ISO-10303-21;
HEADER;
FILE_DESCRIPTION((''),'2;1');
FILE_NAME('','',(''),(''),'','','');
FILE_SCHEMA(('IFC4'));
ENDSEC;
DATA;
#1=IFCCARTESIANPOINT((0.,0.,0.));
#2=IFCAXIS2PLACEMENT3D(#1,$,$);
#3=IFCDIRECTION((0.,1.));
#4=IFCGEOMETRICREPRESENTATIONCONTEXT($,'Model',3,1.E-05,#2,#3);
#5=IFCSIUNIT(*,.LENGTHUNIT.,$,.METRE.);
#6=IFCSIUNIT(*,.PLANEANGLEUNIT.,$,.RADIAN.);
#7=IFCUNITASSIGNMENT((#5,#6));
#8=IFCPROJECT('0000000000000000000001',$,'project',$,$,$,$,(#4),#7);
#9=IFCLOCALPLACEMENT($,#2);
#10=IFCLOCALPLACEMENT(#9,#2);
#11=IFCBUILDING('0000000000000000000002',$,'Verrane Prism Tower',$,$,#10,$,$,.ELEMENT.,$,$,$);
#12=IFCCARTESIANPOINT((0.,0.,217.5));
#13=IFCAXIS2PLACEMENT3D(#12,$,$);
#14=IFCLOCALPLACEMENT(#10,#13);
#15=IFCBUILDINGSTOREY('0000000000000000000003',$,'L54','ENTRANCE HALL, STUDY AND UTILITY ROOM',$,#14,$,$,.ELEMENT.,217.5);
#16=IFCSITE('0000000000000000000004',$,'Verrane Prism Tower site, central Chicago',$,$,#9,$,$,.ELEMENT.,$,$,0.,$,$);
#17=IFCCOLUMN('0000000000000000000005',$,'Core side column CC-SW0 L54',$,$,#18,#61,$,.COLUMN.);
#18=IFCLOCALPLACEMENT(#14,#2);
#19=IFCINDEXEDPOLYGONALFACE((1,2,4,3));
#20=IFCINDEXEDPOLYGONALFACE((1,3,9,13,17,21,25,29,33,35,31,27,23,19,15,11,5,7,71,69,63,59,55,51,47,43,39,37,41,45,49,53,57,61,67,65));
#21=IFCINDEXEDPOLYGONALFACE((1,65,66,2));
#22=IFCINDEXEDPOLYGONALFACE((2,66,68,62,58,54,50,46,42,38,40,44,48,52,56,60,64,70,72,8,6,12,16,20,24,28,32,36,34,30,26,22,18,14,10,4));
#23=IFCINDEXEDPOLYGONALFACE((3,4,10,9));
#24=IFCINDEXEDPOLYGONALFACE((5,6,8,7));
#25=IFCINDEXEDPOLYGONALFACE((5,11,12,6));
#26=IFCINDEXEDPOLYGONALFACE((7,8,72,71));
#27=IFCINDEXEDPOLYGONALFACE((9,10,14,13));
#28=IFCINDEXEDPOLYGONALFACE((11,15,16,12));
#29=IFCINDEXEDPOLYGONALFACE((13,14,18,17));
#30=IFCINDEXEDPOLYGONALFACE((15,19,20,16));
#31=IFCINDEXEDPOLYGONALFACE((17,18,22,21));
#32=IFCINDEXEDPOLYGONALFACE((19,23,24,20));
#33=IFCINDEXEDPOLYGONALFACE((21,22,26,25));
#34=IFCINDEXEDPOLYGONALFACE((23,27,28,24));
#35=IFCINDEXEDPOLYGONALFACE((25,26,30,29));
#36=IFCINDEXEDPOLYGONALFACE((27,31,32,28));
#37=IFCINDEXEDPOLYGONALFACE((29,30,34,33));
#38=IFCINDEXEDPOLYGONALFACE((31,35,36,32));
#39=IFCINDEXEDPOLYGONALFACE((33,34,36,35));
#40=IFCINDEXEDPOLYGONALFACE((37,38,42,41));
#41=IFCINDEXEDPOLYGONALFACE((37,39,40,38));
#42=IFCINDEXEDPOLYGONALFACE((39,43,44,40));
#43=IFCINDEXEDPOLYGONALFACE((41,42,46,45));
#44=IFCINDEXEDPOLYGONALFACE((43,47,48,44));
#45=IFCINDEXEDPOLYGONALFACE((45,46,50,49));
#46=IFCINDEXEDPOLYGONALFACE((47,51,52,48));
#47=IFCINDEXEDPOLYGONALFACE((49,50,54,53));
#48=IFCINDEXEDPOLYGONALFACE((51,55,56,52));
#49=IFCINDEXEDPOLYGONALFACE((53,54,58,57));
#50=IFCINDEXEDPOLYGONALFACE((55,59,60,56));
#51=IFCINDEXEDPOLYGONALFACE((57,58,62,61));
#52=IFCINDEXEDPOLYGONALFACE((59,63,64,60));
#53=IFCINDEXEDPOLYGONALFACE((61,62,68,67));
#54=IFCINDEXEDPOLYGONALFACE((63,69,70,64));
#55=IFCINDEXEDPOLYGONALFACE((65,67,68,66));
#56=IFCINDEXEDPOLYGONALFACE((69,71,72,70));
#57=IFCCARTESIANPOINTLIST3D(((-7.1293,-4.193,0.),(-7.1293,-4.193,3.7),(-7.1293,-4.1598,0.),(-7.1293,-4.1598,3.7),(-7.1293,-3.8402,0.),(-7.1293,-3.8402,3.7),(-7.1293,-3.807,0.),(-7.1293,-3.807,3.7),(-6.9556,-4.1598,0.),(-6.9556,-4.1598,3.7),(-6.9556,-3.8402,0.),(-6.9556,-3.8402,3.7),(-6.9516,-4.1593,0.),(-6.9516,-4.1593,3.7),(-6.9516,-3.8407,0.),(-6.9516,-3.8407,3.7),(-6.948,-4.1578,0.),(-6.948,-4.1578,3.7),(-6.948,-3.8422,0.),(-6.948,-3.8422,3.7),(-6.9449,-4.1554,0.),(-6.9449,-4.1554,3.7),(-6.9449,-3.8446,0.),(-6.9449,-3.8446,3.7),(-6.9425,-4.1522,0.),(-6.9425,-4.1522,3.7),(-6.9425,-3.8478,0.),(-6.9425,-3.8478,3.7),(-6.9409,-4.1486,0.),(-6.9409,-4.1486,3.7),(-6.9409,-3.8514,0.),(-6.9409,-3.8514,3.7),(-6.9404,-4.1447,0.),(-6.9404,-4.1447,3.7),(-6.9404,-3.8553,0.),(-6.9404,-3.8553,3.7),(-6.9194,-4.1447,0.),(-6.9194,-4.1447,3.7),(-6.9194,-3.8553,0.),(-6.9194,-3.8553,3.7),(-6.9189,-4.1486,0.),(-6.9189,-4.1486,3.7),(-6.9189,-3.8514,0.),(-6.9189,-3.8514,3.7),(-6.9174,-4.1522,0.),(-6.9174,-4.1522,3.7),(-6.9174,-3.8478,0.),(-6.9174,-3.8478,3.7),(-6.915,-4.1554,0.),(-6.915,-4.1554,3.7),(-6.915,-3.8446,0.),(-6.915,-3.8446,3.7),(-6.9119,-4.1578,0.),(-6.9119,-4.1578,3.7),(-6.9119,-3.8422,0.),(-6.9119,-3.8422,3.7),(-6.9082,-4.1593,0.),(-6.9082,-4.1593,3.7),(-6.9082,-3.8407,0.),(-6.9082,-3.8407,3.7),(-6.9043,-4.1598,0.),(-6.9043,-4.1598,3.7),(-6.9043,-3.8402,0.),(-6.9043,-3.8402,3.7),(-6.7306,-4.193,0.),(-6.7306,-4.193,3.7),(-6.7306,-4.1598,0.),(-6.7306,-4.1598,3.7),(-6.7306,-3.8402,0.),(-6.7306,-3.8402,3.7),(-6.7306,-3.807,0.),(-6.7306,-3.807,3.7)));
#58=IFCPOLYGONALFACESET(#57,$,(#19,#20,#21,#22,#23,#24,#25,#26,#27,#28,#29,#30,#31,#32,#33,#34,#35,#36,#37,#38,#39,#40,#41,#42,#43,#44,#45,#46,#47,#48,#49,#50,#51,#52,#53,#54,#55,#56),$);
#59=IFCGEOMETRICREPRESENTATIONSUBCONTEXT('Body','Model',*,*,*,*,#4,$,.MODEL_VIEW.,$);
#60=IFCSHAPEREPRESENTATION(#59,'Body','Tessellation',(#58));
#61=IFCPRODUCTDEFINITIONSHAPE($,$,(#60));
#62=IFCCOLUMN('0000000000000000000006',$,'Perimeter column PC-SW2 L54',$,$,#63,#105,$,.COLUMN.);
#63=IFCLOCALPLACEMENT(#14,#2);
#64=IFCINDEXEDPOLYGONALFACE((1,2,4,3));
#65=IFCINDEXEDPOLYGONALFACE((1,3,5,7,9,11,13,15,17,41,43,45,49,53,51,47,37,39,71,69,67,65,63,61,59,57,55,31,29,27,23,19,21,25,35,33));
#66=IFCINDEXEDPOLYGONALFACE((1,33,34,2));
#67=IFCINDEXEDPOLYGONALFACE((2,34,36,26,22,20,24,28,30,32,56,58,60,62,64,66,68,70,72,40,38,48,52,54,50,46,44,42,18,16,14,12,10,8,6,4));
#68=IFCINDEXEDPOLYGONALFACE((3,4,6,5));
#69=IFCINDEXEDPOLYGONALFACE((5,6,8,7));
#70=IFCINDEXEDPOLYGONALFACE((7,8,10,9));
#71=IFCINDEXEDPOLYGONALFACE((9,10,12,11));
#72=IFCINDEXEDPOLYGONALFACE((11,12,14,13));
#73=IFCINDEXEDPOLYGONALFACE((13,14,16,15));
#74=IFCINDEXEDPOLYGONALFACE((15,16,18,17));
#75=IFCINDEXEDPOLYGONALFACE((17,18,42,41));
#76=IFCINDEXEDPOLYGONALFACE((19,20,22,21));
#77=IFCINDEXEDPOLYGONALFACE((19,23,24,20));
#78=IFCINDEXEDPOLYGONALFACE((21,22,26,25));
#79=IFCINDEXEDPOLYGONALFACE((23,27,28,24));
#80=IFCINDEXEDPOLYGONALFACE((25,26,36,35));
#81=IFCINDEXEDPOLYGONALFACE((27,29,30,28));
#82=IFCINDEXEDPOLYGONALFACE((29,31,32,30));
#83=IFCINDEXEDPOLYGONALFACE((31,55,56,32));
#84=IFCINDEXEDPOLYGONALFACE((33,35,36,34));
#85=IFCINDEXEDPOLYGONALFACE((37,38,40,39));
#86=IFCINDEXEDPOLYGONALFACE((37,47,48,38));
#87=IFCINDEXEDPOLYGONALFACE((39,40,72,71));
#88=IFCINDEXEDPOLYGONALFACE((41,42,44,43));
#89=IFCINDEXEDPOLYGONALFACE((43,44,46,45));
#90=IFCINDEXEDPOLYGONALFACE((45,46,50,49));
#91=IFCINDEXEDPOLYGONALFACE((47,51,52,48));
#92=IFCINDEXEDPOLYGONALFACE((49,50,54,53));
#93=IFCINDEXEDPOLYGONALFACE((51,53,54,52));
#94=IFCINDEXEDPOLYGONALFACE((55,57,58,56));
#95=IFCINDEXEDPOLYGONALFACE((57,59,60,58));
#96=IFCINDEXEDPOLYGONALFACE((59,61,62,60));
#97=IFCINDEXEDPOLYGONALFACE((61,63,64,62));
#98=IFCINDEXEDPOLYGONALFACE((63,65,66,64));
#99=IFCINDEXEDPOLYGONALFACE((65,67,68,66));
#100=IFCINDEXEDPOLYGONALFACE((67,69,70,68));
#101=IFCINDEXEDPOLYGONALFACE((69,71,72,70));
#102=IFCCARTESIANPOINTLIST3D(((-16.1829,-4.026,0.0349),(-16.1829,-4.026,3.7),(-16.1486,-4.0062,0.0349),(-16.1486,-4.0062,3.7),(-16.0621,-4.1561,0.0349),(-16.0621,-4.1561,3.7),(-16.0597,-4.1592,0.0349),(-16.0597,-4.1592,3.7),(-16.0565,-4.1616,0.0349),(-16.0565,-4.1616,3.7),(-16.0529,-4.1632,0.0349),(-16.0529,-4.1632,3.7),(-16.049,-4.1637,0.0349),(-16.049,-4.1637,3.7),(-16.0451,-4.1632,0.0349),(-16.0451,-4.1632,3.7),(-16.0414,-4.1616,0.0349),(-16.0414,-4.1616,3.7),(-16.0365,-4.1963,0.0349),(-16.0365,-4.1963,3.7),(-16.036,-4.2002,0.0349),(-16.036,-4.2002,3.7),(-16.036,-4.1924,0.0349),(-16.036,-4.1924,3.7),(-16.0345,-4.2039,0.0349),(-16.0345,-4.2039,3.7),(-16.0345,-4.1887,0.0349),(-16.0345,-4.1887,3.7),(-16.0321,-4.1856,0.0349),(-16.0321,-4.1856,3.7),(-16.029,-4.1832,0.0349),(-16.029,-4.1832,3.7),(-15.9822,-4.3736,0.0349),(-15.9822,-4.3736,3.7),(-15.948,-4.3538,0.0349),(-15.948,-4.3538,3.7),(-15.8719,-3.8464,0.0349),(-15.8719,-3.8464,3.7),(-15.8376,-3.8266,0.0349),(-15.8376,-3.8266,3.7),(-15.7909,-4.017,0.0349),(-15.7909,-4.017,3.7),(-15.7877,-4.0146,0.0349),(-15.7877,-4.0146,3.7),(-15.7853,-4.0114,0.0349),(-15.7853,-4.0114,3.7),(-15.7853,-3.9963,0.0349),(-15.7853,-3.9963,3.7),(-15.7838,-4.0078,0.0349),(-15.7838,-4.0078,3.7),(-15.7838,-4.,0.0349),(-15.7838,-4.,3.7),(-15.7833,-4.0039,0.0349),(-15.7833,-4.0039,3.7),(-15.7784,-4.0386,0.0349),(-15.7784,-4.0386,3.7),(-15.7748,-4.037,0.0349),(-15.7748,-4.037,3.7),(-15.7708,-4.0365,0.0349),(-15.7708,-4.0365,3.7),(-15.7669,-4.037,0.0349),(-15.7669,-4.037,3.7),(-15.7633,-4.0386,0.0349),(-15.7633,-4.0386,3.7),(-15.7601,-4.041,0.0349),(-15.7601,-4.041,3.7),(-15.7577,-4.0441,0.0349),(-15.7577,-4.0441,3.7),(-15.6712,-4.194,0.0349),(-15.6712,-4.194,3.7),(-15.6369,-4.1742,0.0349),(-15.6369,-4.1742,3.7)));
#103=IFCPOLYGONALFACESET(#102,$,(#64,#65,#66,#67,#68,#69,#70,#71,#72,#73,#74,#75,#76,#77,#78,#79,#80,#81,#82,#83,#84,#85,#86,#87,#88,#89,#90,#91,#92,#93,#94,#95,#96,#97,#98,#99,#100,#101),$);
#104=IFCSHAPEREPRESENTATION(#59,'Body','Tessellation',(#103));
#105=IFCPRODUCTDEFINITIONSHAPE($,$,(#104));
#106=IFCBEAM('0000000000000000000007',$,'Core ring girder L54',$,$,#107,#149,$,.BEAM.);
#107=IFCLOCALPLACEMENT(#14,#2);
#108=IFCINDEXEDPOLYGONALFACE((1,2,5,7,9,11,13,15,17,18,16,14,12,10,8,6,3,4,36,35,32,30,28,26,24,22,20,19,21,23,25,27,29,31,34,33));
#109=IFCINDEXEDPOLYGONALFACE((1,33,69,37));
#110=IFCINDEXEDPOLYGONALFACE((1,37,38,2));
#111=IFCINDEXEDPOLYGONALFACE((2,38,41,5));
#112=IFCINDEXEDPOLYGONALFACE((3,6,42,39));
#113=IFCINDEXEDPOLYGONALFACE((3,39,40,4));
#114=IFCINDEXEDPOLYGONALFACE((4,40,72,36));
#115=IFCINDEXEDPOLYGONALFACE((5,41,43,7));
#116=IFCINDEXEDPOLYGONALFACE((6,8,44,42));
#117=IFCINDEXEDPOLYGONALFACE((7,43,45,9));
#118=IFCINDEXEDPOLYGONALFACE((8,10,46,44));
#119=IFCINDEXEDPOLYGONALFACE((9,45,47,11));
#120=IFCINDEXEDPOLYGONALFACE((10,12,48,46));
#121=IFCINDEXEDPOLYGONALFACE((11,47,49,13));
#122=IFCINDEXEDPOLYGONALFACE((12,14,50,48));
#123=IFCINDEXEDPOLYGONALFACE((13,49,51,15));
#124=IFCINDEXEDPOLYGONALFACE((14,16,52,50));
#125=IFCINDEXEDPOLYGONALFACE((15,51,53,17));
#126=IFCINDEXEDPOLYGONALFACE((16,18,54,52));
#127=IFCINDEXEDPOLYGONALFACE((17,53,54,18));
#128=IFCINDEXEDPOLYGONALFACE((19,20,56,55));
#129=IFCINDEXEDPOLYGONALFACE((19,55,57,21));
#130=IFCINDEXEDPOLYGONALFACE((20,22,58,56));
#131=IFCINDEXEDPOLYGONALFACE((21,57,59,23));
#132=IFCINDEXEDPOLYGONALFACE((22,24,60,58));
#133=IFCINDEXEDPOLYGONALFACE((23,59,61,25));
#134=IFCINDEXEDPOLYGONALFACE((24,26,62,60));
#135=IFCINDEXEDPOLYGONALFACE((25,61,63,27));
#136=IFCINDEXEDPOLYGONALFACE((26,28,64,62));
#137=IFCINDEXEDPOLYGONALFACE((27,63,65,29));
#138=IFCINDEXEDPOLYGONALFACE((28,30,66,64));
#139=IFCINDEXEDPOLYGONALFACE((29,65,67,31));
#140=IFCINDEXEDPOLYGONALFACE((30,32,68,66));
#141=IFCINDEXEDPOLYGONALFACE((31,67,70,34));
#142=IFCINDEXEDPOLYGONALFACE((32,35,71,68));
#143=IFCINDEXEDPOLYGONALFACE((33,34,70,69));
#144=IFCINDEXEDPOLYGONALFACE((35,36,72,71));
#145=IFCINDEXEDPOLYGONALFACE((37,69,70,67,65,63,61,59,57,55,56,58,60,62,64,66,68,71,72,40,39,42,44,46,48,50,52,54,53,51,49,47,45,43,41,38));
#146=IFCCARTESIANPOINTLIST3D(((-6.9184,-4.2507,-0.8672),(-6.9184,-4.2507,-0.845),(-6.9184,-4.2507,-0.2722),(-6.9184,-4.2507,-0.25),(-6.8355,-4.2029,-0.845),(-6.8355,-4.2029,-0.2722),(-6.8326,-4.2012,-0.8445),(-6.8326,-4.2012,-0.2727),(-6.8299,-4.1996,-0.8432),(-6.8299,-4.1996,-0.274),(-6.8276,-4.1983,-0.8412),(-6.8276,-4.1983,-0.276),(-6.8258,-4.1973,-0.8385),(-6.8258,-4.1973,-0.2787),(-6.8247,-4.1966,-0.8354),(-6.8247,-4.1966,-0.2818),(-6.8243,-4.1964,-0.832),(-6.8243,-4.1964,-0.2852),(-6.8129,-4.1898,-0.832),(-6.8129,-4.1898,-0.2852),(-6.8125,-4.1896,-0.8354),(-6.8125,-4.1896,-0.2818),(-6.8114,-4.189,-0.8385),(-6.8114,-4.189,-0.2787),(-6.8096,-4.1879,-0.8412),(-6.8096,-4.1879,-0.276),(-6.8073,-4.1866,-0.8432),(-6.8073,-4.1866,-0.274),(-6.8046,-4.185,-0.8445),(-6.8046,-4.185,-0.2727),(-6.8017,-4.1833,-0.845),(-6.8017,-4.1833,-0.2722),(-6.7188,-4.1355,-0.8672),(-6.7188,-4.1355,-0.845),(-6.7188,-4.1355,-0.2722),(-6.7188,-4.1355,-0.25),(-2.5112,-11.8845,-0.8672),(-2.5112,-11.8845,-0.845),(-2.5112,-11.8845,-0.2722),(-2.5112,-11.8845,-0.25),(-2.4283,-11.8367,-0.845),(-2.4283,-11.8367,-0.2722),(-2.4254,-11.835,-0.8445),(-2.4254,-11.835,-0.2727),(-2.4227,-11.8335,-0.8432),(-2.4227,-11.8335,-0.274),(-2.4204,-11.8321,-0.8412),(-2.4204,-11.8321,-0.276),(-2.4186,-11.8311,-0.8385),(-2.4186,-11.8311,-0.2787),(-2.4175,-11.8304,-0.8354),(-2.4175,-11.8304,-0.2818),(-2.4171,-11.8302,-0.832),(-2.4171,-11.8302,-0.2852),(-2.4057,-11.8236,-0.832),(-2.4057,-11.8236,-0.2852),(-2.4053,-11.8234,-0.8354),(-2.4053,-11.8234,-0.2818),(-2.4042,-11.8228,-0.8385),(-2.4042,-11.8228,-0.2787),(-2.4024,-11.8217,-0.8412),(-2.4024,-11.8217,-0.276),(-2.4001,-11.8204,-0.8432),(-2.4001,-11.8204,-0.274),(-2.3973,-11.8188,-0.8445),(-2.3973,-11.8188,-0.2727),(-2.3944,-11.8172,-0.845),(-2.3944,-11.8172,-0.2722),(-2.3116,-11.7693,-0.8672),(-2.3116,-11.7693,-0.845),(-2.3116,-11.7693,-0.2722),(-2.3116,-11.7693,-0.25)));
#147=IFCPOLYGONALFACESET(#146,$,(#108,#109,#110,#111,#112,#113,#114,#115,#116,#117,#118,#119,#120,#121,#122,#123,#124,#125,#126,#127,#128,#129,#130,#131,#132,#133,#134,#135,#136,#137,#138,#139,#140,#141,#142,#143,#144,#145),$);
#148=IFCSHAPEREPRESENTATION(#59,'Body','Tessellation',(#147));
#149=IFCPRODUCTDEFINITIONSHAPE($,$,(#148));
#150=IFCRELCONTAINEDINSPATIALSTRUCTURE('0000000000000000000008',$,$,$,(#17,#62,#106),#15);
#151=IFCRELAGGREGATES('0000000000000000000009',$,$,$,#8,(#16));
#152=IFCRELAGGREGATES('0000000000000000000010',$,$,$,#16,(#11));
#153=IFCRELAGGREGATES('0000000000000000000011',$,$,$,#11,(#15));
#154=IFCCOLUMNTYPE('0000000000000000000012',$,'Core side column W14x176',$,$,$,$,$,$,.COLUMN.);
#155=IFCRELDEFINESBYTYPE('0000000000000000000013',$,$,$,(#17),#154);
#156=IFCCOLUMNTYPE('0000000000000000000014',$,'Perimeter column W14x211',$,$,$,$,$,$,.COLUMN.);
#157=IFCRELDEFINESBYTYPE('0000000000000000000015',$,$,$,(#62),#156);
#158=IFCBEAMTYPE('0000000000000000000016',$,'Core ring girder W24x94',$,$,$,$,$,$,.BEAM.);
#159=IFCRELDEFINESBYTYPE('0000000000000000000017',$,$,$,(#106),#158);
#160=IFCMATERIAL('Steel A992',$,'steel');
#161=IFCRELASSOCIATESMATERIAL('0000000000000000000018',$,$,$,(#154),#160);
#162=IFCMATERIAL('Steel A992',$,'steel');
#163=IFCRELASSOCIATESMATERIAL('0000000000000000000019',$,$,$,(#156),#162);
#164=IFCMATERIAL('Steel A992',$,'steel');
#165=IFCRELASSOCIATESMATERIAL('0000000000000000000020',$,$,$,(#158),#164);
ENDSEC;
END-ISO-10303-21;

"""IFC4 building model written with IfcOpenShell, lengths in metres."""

from ifc_helpers import new_model, si_unit, direction, frame, origin, origin_2d, place, context, subcontext, project, spatial, i_section, extrude, material, material_profile, profile_set, type_object, element, save


model = new_model("IFC4")

# Units and contexts
model_context = context("Model", 3, precision=1e-05, world=origin(), true_north=direction((0.0, 1.0)))
body_context = subcontext(model_context, "Body", "Model", "MODEL_VIEW")
ifc_project = project(units=[si_unit("LENGTHUNIT", "METRE"), si_unit("PLANEANGLEUNIT", "RADIAN")], contexts=[model_context])

# Site, building, storey
site_placement = place(None, origin())
site = spatial("IfcSite", under=ifc_project, at=site_placement, Name="Verrane Prism Tower site, central Chicago", CompositionType="ELEMENT", RefElevation=0.0)
building_placement = place(site_placement, origin())
building = spatial("IfcBuilding", under=site, at=building_placement, Name="Verrane Prism Tower", CompositionType="ELEMENT")
storey_placement = place(building_placement, frame((0.0, 0.0, 217.5)))
storey = spatial("IfcBuildingStorey", under=building, at=storey_placement, Name="L54", Description="ENTRANCE HALL, STUDY AND UTILITY ROOM", CompositionType="ELEMENT", Elevation=217.5)

# Columns
ifc_material_1 = material(Name="Steel A992", Category="steel")
ifc_material_profile_1 = material_profile(ifc_material_1, i_section(OverallWidth=0.3987, OverallDepth=0.386, WebThickness=0.021, FlangeThickness=0.0332, FilletRadius=0.0151, at=origin_2d()), Name="W14x176")
ifc_profile_set_1 = profile_set([ifc_material_profile_1], Name="Steel A992")
column_type_1 = type_object("IfcColumnType", Name="Core side column W14x176", PredefinedType="COLUMN", material=ifc_profile_set_1)
column_1_placement = place(storey_placement, frame((-6.9299, -4.0, 0.0), z_axis=(0.0, 0.0, 1.0), x_axis=(1.0, 0.0, 0.0)))
element("IfcColumn", 1, at=column_1_placement, inside=storey, type_object=column_type_1, Name="Core side column CC-SW0 L54", PredefinedType="COLUMN", context=body_context, shape_type="SweptSolid", body=[
    extrude(i_section(OverallWidth=0.3987, OverallDepth=0.386, WebThickness=0.021, FlangeThickness=0.0332, FilletRadius=0.0151, at=origin_2d()), origin(), (0.0, 0.0, 1.0), 3.7),
])
ifc_material_2 = material(Name="Steel A992", Category="steel")
ifc_material_profile_2 = material_profile(ifc_material_2, i_section(OverallWidth=0.4014, OverallDepth=0.3987, WebThickness=0.0249, FlangeThickness=0.0396, FilletRadius=0.0151, at=origin_2d()), Name="W14x211")
ifc_profile_set_2 = profile_set([ifc_material_profile_2], Name="Steel A992")
column_type_2 = type_object("IfcColumnType", Name="Perimeter column W14x211", PredefinedType="COLUMN", material=ifc_profile_set_2)
column_2_placement = place(storey_placement, frame((-15.9099, -4.1001, 0.0349), z_axis=(0.0, 0.0, 1.0), x_axis=(-0.5, 0.866025, 0.0)))
element("IfcColumn", 2, at=column_2_placement, inside=storey, type_object=column_type_2, Name="Perimeter column PC-SW2 L54", PredefinedType="COLUMN", context=body_context, shape_type="SweptSolid", body=[
    extrude(i_section(OverallWidth=0.4014, OverallDepth=0.3987, WebThickness=0.0249, FlangeThickness=0.0396, FilletRadius=0.0151, at=origin_2d()), origin(), (0.0, 0.0, 1.0), 3.665),
])

# Beam
ifc_material_3 = material(Name="Steel A992", Category="steel")
ifc_material_profile_3 = material_profile(ifc_material_3, i_section(OverallWidth=0.2305, OverallDepth=0.6172, WebThickness=0.0132, FlangeThickness=0.0222, FilletRadius=0.0129, at=origin_2d()), Name="W24x94")
ifc_profile_set_3 = profile_set([ifc_material_profile_3], Name="Steel A992")
beam_type_1 = type_object("IfcBeamType", Name="Core ring girder W24x94", PredefinedType="BEAM", material=ifc_profile_set_3)
beam_1_placement = place(storey_placement, frame((-6.8186, -4.1931, -0.5586), z_axis=(0.499988, -0.866032, 0.0), x_axis=(0.866032, 0.499988, 0.0)))
element("IfcBeam", 3, at=beam_1_placement, inside=storey, type_object=beam_type_1, Name="Core ring girder L54", PredefinedType="BEAM", context=body_context, shape_type="SweptSolid", body=[
    extrude(i_section(OverallWidth=0.2305, OverallDepth=0.6172, WebThickness=0.0132, FlangeThickness=0.0222, FilletRadius=0.0129, at=origin_2d()), origin(), (0.0, 0.0, 1.0), 8.8147),
])

save(model, "model.ifc")
